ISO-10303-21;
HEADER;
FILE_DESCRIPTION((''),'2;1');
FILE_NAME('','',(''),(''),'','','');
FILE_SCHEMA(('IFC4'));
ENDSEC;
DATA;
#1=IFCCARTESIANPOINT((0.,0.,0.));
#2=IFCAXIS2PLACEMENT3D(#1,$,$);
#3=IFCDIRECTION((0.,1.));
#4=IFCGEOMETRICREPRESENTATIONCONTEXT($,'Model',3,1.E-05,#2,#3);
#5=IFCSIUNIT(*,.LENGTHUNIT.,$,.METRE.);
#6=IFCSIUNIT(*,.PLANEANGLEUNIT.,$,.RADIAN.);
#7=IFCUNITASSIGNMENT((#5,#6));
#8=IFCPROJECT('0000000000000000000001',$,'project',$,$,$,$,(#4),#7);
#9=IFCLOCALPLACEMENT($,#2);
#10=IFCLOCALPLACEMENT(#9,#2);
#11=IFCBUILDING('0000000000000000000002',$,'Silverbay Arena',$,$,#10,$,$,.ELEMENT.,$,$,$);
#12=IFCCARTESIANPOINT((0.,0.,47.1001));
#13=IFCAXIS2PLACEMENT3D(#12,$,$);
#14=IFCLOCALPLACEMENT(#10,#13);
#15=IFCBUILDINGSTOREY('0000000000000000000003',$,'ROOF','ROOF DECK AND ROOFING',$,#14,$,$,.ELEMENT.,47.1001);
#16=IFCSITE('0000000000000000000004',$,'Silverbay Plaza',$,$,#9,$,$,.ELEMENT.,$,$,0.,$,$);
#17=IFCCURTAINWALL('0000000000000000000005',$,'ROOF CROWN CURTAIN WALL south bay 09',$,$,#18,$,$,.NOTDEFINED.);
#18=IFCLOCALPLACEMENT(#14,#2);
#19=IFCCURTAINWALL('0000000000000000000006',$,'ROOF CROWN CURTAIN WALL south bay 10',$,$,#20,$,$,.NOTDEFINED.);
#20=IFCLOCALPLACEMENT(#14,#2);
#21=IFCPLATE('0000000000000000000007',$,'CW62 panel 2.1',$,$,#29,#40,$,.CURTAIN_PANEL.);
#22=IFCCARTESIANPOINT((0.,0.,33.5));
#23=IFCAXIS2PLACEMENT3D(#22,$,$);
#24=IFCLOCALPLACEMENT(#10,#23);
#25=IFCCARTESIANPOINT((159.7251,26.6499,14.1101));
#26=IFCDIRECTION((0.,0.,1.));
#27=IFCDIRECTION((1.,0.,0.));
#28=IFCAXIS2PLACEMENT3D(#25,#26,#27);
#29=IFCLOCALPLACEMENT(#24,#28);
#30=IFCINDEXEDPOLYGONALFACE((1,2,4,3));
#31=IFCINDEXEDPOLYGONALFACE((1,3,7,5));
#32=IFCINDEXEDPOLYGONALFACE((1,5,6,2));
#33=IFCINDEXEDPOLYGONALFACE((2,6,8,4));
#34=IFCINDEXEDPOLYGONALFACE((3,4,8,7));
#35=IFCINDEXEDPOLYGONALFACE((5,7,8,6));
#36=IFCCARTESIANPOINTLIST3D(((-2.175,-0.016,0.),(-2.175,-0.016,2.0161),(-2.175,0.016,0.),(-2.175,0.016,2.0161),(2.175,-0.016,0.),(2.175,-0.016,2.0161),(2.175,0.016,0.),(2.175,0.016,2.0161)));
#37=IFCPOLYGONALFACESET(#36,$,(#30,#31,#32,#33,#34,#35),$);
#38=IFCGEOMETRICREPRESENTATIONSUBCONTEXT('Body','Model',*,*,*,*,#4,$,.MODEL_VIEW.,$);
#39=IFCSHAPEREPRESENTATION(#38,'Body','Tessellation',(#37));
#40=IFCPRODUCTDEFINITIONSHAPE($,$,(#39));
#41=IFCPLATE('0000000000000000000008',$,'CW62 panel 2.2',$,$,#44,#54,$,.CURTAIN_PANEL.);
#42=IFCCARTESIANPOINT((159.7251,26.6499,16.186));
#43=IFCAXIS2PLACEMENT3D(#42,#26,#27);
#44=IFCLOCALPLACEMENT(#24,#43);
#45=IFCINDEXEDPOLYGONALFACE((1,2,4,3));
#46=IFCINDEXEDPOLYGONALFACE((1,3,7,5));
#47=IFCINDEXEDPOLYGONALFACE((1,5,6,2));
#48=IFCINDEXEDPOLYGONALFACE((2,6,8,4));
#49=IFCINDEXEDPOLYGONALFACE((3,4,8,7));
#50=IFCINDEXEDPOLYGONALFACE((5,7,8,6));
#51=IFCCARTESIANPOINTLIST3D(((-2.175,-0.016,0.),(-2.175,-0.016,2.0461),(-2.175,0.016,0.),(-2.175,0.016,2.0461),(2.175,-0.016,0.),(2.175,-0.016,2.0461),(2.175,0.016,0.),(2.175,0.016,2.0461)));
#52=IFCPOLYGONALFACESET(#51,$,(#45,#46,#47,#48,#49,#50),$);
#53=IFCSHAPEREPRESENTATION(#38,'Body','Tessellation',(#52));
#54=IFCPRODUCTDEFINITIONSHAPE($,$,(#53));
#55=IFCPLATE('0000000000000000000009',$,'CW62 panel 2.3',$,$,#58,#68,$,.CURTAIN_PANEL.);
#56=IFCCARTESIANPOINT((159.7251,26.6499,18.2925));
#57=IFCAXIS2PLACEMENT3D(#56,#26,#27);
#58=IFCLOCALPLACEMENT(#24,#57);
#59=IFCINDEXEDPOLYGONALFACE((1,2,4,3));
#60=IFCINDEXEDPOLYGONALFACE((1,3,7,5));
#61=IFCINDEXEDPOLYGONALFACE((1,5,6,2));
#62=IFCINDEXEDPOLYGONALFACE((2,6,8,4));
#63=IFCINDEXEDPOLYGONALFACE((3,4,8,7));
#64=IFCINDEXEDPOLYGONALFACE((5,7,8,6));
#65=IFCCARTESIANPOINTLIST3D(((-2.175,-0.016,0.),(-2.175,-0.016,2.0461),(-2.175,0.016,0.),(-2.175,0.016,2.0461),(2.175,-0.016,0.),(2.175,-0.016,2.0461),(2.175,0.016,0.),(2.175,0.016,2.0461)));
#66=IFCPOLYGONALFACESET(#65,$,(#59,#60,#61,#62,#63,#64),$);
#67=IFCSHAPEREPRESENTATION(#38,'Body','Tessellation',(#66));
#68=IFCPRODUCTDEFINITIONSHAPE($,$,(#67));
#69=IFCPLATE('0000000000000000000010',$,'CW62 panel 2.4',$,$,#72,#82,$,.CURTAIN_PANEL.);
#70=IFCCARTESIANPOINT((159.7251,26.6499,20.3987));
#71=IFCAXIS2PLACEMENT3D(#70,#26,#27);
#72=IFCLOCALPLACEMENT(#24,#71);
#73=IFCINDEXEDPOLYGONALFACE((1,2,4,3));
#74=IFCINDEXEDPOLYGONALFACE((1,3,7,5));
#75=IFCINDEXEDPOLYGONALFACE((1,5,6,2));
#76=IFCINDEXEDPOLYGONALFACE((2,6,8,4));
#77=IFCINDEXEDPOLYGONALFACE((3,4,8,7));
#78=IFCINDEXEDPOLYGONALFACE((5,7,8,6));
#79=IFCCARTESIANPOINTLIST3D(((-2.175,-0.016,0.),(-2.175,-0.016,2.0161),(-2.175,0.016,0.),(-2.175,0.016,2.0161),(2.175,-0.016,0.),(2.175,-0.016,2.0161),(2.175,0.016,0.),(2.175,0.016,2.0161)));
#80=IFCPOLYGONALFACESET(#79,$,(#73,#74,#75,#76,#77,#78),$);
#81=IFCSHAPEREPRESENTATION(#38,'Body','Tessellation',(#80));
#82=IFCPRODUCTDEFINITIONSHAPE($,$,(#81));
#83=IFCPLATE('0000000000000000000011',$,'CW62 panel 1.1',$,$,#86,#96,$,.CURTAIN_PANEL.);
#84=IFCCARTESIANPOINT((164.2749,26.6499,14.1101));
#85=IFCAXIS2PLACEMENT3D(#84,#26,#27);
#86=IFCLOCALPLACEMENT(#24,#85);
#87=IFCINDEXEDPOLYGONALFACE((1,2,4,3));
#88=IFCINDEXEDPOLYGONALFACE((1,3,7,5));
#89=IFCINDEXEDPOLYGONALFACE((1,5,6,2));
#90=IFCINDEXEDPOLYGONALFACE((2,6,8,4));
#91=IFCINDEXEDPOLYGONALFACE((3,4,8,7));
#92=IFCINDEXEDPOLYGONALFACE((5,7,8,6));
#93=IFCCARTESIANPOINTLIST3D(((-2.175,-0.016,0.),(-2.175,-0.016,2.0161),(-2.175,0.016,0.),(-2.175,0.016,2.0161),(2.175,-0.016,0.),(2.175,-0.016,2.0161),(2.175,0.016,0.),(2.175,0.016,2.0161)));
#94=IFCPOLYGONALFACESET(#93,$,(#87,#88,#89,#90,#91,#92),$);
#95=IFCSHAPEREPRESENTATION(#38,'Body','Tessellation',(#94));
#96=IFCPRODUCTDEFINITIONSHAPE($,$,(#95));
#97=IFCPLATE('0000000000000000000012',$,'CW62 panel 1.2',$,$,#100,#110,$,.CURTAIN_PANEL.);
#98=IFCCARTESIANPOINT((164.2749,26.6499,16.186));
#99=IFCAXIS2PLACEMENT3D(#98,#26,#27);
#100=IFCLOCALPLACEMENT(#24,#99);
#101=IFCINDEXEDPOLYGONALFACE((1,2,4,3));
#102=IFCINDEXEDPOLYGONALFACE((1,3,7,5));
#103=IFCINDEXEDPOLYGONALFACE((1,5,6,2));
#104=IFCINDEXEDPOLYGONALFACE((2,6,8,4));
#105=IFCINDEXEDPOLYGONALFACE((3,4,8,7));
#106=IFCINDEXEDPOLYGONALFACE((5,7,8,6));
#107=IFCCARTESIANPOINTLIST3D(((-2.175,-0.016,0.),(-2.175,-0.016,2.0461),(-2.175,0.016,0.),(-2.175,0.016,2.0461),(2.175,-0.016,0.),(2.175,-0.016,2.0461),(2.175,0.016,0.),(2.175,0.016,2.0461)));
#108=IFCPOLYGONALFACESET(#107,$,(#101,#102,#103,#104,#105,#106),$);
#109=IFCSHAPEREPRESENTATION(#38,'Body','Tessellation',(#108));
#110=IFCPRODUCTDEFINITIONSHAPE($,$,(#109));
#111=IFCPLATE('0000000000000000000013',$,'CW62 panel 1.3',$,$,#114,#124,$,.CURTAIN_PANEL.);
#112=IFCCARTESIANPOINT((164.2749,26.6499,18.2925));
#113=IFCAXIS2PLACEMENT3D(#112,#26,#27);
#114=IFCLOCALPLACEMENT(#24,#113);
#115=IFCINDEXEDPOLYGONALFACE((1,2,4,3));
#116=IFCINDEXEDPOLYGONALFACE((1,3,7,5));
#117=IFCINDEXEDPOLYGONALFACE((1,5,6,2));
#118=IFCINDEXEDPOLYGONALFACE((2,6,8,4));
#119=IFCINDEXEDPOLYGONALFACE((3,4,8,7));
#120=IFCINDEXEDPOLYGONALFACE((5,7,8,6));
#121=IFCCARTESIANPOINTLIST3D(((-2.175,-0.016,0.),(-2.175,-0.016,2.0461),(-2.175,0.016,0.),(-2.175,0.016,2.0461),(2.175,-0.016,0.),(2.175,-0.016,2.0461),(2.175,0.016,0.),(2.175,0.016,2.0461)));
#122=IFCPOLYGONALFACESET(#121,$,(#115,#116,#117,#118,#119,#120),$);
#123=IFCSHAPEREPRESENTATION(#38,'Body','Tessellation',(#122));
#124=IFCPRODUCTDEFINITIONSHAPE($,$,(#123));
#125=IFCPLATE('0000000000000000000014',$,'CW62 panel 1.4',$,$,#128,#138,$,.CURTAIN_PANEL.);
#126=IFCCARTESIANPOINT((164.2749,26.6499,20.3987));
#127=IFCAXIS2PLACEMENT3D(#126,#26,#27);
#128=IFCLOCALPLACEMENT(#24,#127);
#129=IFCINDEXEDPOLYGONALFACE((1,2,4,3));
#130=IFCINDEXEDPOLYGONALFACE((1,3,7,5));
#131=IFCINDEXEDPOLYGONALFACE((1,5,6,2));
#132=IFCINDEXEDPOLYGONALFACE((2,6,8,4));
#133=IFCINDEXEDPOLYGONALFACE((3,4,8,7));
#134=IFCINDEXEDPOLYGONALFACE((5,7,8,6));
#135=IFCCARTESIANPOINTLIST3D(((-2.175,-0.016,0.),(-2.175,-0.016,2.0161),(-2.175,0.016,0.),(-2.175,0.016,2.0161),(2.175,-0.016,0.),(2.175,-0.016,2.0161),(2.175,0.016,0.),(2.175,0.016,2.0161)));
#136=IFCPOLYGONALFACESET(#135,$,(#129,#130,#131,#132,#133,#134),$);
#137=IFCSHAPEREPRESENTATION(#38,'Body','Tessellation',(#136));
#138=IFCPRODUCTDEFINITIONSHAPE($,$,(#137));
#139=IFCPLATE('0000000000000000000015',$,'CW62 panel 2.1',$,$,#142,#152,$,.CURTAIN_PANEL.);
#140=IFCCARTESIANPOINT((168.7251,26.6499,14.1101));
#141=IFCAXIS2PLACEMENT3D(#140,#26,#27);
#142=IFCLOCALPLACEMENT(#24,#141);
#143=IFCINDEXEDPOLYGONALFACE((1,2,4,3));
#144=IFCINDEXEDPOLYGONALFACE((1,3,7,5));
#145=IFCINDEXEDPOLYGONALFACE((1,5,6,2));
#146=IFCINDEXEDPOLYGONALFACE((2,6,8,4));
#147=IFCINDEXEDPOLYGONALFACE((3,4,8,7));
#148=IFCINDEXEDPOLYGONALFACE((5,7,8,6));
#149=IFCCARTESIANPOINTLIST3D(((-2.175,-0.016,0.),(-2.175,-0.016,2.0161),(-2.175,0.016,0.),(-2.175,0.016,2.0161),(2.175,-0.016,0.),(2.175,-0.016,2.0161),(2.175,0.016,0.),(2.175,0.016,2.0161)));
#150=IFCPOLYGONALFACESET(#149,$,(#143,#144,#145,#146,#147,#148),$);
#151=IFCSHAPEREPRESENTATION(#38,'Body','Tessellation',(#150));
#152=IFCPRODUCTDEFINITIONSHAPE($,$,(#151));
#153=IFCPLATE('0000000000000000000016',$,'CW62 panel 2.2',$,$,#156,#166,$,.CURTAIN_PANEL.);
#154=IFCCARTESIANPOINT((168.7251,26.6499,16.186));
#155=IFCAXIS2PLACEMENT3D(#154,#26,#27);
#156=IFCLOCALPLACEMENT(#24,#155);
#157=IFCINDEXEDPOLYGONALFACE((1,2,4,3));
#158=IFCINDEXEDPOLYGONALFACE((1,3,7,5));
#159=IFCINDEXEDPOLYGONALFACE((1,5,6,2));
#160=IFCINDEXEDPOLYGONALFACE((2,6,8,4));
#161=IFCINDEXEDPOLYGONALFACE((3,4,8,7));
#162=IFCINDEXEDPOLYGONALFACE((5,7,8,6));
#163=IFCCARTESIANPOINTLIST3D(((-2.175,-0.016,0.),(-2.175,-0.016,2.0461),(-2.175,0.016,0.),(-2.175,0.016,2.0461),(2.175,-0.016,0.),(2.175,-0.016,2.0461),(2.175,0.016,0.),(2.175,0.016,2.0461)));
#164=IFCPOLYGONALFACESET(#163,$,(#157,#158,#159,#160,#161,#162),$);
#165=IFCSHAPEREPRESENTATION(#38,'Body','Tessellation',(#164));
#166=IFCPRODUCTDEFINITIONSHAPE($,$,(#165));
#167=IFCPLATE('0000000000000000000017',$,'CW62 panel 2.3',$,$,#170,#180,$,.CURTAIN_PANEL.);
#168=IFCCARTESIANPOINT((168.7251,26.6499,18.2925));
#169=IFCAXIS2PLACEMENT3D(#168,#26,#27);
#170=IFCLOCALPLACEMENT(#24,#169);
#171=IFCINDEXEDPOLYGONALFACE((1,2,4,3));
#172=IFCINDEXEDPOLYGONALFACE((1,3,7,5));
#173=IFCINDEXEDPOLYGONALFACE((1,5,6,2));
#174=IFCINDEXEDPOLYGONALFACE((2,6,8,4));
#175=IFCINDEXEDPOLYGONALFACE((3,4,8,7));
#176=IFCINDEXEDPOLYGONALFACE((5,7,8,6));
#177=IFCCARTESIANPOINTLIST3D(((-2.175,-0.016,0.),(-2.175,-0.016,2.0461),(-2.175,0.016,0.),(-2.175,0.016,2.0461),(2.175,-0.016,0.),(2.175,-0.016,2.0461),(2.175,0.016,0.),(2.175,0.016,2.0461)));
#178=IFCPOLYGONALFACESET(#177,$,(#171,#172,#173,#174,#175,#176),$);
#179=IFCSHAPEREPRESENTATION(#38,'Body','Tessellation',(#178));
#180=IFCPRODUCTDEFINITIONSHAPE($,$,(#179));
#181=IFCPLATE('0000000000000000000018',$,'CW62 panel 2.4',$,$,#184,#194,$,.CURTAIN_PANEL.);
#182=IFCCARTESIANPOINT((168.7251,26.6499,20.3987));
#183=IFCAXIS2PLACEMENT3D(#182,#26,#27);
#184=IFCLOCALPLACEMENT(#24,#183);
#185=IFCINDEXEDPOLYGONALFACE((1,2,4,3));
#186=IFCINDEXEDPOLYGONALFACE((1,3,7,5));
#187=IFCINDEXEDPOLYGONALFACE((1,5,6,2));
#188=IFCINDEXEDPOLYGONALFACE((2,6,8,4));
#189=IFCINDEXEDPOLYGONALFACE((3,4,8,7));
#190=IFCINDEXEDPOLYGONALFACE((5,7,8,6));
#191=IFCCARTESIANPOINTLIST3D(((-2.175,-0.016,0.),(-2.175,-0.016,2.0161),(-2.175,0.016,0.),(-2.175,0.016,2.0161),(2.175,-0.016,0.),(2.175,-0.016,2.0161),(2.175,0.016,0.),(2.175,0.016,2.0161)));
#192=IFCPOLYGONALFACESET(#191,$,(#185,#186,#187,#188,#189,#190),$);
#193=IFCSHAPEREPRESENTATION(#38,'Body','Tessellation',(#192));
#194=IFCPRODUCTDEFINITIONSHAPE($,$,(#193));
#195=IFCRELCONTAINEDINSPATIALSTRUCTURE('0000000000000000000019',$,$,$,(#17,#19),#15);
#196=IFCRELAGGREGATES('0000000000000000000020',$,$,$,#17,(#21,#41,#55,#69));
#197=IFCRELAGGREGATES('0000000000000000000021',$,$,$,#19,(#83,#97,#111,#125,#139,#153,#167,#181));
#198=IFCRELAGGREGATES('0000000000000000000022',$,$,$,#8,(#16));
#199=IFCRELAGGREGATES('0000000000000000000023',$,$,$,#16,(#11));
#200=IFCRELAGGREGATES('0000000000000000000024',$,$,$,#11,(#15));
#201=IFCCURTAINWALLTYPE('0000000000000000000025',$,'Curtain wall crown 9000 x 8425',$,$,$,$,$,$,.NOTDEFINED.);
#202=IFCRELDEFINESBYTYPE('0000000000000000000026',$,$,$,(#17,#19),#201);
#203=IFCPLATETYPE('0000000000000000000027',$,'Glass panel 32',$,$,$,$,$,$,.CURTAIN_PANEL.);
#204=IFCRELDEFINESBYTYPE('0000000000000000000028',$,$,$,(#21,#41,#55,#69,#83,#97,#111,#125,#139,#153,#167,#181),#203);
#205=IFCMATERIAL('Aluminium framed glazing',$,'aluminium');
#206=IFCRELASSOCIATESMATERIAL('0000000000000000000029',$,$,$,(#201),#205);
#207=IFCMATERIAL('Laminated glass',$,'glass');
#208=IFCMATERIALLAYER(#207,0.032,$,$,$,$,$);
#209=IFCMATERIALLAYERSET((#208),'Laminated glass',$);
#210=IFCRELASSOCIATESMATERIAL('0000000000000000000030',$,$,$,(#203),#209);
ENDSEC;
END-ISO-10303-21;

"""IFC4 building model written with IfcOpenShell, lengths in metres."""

from ifc_helpers import new_model, si_unit, direction, frame, origin, origin_2d, place, context, subcontext, project, spatial, rectangle, extrude, material, layer, layer_set, type_object, element, aggregate, save


model = new_model("IFC4")

# Units and contexts
model_context = context("Model", 3, precision=1e-05, world=origin(), true_north=direction((0.0, 1.0)))
body_context = subcontext(model_context, "Body", "Model", "MODEL_VIEW")
ifc_project = project(units=[si_unit("LENGTHUNIT", "METRE"), si_unit("PLANEANGLEUNIT", "RADIAN")], contexts=[model_context])

# Site, building, storey
site_placement = place(None, origin())
site = spatial("IfcSite", under=ifc_project, at=site_placement, Name="Silverbay Plaza", CompositionType="ELEMENT", RefElevation=0.0)
building_placement = place(site_placement, origin())
building = spatial("IfcBuilding", under=site, at=building_placement, Name="Silverbay Arena", CompositionType="ELEMENT")
storey_placement = place(building_placement, frame((0.0, 0.0, 47.1001)))
storey = spatial("IfcBuildingStorey", under=building, at=storey_placement, Name="ROOF", Description="ROOF DECK AND ROOFING", CompositionType="ELEMENT", Elevation=47.1001)

# Curtain wall
ifc_material_1 = material(Name="Aluminium framed glazing", Category="aluminium")
curtain_wall_type = type_object("IfcCurtainWallType", Name="Curtain wall crown 9000 x 8425", PredefinedType="NOTDEFINED", material=ifc_material_1)
curtain_wall_1_placement = place(storey_placement, origin())
curtain_wall_1 = element("IfcCurtainWall", 1, at=curtain_wall_1_placement, inside=storey, type_object=curtain_wall_type, Name="ROOF CROWN CURTAIN WALL south bay 09", PredefinedType="NOTDEFINED")
placement = place(building_placement, frame((0.0, 0.0, 33.5)))

# Curtain wall
curtain_wall_2_placement = place(storey_placement, origin())
curtain_wall_2 = element("IfcCurtainWall", 2, at=curtain_wall_2_placement, inside=storey, type_object=curtain_wall_type, Name="ROOF CROWN CURTAIN WALL south bay 10", PredefinedType="NOTDEFINED")

# Plates
ifc_material_2 = material(Name="Laminated glass", Category="glass")
ifc_layer_1 = layer(ifc_material_2, 0.032)
ifc_layer_set_1 = layer_set([ifc_layer_1], Name="Laminated glass")
plate_type = type_object("IfcPlateType", Name="Glass panel 32", PredefinedType="CURTAIN_PANEL", material=ifc_layer_set_1)
plate_1_placement = place(placement, frame((159.7251, 26.6499, 14.1101), z_axis=(0.0, 0.0, 1.0), x_axis=(1.0, 0.0, 0.0)))
plate_1 = element("IfcPlate", 3, at=plate_1_placement, type_object=plate_type, Name="CW62 panel 2.1", PredefinedType="CURTAIN_PANEL", context=body_context, shape_type="SweptSolid", body=[
    extrude(rectangle(XDim=4.3501, YDim=0.032, at=origin_2d()), origin(), (0.0, 0.0, 1.0), 2.0161),
])
plate_2_placement = place(placement, frame((159.7251, 26.6499, 16.186), z_axis=(0.0, 0.0, 1.0), x_axis=(1.0, 0.0, 0.0)))
plate_2 = element("IfcPlate", 4, at=plate_2_placement, type_object=plate_type, Name="CW62 panel 2.2", PredefinedType="CURTAIN_PANEL", context=body_context, shape_type="SweptSolid", body=[
    extrude(rectangle(XDim=4.3501, YDim=0.032, at=origin_2d()), origin(), (0.0, 0.0, 1.0), 2.0461),
])
plate_3_placement = place(placement, frame((159.7251, 26.6499, 18.2925), z_axis=(0.0, 0.0, 1.0), x_axis=(1.0, 0.0, 0.0)))
plate_3 = element("IfcPlate", 5, at=plate_3_placement, type_object=plate_type, Name="CW62 panel 2.3", PredefinedType="CURTAIN_PANEL", context=body_context, shape_type="SweptSolid", body=[
    extrude(rectangle(XDim=4.3501, YDim=0.032, at=origin_2d()), origin(), (0.0, 0.0, 1.0), 2.0461),
])
plate_4_placement = place(placement, frame((159.7251, 26.6499, 20.3987), z_axis=(0.0, 0.0, 1.0), x_axis=(1.0, 0.0, 0.0)))
plate_4 = element("IfcPlate", 6, at=plate_4_placement, type_object=plate_type, Name="CW62 panel 2.4", PredefinedType="CURTAIN_PANEL", context=body_context, shape_type="SweptSolid", body=[
    extrude(rectangle(XDim=4.3501, YDim=0.032, at=origin_2d()), origin(), (0.0, 0.0, 1.0), 2.0161),
])
aggregate(curtain_wall_1, [plate_1, plate_2, plate_3, plate_4])
plate_5_placement = place(placement, frame((164.2749, 26.6499, 14.1101), z_axis=(0.0, 0.0, 1.0), x_axis=(1.0, 0.0, 0.0)))
plate_5 = element("IfcPlate", 7, at=plate_5_placement, type_object=plate_type, Name="CW62 panel 1.1", PredefinedType="CURTAIN_PANEL", context=body_context, shape_type="SweptSolid", body=[
    extrude(rectangle(XDim=4.3501, YDim=0.032, at=origin_2d()), origin(), (0.0, 0.0, 1.0), 2.0161),
])
plate_6_placement = place(placement, frame((164.2749, 26.6499, 16.186), z_axis=(0.0, 0.0, 1.0), x_axis=(1.0, 0.0, 0.0)))
plate_6 = element("IfcPlate", 8, at=plate_6_placement, type_object=plate_type, Name="CW62 panel 1.2", PredefinedType="CURTAIN_PANEL", context=body_context, shape_type="SweptSolid", body=[
    extrude(rectangle(XDim=4.3501, YDim=0.032, at=origin_2d()), origin(), (0.0, 0.0, 1.0), 2.0461),
])
plate_7_placement = place(placement, frame((164.2749, 26.6499, 18.2925), z_axis=(0.0, 0.0, 1.0), x_axis=(1.0, 0.0, 0.0)))
plate_7 = element("IfcPlate", 9, at=plate_7_placement, type_object=plate_type, Name="CW62 panel 1.3", PredefinedType="CURTAIN_PANEL", context=body_context, shape_type="SweptSolid", body=[
    extrude(rectangle(XDim=4.3501, YDim=0.032, at=origin_2d()), origin(), (0.0, 0.0, 1.0), 2.0461),
])
plate_8_placement = place(placement, frame((164.2749, 26.6499, 20.3987), z_axis=(0.0, 0.0, 1.0), x_axis=(1.0, 0.0, 0.0)))
plate_8 = element("IfcPlate", 10, at=plate_8_placement, type_object=plate_type, Name="CW62 panel 1.4", PredefinedType="CURTAIN_PANEL", context=body_context, shape_type="SweptSolid", body=[
    extrude(rectangle(XDim=4.3501, YDim=0.032, at=origin_2d()), origin(), (0.0, 0.0, 1.0), 2.0161),
])
plate_9_placement = place(placement, frame((168.7251, 26.6499, 14.1101), z_axis=(0.0, 0.0, 1.0), x_axis=(1.0, 0.0, 0.0)))
plate_9 = element("IfcPlate", 11, at=plate_9_placement, type_object=plate_type, Name="CW62 panel 2.1", PredefinedType="CURTAIN_PANEL", context=body_context, shape_type="SweptSolid", body=[
    extrude(rectangle(XDim=4.3501, YDim=0.032, at=origin_2d()), origin(), (0.0, 0.0, 1.0), 2.0161),
])
plate_10_placement = place(placement, frame((168.7251, 26.6499, 16.186), z_axis=(0.0, 0.0, 1.0), x_axis=(1.0, 0.0, 0.0)))
plate_10 = element("IfcPlate", 12, at=plate_10_placement, type_object=plate_type, Name="CW62 panel 2.2", PredefinedType="CURTAIN_PANEL", context=body_context, shape_type="SweptSolid", body=[
    extrude(rectangle(XDim=4.3501, YDim=0.032, at=origin_2d()), origin(), (0.0, 0.0, 1.0), 2.0461),
])
plate_11_placement = place(placement, frame((168.7251, 26.6499, 18.2925), z_axis=(0.0, 0.0, 1.0), x_axis=(1.0, 0.0, 0.0)))
plate_11 = element("IfcPlate", 13, at=plate_11_placement, type_object=plate_type, Name="CW62 panel 2.3", PredefinedType="CURTAIN_PANEL", context=body_context, shape_type="SweptSolid", body=[
    extrude(rectangle(XDim=4.3501, YDim=0.032, at=origin_2d()), origin(), (0.0, 0.0, 1.0), 2.0461),
])
plate_12_placement = place(placement, frame((168.7251, 26.6499, 20.3987), z_axis=(0.0, 0.0, 1.0), x_axis=(1.0, 0.0, 0.0)))
plate_12 = element("IfcPlate", 14, at=plate_12_placement, type_object=plate_type, Name="CW62 panel 2.4", PredefinedType="CURTAIN_PANEL", context=body_context, shape_type="SweptSolid", body=[
    extrude(rectangle(XDim=4.3501, YDim=0.032, at=origin_2d()), origin(), (0.0, 0.0, 1.0), 2.0161),
])
aggregate(curtain_wall_2, [plate_5, plate_6, plate_7, plate_8, plate_9, plate_10, plate_11, plate_12])

save(model, "model.ifc")
